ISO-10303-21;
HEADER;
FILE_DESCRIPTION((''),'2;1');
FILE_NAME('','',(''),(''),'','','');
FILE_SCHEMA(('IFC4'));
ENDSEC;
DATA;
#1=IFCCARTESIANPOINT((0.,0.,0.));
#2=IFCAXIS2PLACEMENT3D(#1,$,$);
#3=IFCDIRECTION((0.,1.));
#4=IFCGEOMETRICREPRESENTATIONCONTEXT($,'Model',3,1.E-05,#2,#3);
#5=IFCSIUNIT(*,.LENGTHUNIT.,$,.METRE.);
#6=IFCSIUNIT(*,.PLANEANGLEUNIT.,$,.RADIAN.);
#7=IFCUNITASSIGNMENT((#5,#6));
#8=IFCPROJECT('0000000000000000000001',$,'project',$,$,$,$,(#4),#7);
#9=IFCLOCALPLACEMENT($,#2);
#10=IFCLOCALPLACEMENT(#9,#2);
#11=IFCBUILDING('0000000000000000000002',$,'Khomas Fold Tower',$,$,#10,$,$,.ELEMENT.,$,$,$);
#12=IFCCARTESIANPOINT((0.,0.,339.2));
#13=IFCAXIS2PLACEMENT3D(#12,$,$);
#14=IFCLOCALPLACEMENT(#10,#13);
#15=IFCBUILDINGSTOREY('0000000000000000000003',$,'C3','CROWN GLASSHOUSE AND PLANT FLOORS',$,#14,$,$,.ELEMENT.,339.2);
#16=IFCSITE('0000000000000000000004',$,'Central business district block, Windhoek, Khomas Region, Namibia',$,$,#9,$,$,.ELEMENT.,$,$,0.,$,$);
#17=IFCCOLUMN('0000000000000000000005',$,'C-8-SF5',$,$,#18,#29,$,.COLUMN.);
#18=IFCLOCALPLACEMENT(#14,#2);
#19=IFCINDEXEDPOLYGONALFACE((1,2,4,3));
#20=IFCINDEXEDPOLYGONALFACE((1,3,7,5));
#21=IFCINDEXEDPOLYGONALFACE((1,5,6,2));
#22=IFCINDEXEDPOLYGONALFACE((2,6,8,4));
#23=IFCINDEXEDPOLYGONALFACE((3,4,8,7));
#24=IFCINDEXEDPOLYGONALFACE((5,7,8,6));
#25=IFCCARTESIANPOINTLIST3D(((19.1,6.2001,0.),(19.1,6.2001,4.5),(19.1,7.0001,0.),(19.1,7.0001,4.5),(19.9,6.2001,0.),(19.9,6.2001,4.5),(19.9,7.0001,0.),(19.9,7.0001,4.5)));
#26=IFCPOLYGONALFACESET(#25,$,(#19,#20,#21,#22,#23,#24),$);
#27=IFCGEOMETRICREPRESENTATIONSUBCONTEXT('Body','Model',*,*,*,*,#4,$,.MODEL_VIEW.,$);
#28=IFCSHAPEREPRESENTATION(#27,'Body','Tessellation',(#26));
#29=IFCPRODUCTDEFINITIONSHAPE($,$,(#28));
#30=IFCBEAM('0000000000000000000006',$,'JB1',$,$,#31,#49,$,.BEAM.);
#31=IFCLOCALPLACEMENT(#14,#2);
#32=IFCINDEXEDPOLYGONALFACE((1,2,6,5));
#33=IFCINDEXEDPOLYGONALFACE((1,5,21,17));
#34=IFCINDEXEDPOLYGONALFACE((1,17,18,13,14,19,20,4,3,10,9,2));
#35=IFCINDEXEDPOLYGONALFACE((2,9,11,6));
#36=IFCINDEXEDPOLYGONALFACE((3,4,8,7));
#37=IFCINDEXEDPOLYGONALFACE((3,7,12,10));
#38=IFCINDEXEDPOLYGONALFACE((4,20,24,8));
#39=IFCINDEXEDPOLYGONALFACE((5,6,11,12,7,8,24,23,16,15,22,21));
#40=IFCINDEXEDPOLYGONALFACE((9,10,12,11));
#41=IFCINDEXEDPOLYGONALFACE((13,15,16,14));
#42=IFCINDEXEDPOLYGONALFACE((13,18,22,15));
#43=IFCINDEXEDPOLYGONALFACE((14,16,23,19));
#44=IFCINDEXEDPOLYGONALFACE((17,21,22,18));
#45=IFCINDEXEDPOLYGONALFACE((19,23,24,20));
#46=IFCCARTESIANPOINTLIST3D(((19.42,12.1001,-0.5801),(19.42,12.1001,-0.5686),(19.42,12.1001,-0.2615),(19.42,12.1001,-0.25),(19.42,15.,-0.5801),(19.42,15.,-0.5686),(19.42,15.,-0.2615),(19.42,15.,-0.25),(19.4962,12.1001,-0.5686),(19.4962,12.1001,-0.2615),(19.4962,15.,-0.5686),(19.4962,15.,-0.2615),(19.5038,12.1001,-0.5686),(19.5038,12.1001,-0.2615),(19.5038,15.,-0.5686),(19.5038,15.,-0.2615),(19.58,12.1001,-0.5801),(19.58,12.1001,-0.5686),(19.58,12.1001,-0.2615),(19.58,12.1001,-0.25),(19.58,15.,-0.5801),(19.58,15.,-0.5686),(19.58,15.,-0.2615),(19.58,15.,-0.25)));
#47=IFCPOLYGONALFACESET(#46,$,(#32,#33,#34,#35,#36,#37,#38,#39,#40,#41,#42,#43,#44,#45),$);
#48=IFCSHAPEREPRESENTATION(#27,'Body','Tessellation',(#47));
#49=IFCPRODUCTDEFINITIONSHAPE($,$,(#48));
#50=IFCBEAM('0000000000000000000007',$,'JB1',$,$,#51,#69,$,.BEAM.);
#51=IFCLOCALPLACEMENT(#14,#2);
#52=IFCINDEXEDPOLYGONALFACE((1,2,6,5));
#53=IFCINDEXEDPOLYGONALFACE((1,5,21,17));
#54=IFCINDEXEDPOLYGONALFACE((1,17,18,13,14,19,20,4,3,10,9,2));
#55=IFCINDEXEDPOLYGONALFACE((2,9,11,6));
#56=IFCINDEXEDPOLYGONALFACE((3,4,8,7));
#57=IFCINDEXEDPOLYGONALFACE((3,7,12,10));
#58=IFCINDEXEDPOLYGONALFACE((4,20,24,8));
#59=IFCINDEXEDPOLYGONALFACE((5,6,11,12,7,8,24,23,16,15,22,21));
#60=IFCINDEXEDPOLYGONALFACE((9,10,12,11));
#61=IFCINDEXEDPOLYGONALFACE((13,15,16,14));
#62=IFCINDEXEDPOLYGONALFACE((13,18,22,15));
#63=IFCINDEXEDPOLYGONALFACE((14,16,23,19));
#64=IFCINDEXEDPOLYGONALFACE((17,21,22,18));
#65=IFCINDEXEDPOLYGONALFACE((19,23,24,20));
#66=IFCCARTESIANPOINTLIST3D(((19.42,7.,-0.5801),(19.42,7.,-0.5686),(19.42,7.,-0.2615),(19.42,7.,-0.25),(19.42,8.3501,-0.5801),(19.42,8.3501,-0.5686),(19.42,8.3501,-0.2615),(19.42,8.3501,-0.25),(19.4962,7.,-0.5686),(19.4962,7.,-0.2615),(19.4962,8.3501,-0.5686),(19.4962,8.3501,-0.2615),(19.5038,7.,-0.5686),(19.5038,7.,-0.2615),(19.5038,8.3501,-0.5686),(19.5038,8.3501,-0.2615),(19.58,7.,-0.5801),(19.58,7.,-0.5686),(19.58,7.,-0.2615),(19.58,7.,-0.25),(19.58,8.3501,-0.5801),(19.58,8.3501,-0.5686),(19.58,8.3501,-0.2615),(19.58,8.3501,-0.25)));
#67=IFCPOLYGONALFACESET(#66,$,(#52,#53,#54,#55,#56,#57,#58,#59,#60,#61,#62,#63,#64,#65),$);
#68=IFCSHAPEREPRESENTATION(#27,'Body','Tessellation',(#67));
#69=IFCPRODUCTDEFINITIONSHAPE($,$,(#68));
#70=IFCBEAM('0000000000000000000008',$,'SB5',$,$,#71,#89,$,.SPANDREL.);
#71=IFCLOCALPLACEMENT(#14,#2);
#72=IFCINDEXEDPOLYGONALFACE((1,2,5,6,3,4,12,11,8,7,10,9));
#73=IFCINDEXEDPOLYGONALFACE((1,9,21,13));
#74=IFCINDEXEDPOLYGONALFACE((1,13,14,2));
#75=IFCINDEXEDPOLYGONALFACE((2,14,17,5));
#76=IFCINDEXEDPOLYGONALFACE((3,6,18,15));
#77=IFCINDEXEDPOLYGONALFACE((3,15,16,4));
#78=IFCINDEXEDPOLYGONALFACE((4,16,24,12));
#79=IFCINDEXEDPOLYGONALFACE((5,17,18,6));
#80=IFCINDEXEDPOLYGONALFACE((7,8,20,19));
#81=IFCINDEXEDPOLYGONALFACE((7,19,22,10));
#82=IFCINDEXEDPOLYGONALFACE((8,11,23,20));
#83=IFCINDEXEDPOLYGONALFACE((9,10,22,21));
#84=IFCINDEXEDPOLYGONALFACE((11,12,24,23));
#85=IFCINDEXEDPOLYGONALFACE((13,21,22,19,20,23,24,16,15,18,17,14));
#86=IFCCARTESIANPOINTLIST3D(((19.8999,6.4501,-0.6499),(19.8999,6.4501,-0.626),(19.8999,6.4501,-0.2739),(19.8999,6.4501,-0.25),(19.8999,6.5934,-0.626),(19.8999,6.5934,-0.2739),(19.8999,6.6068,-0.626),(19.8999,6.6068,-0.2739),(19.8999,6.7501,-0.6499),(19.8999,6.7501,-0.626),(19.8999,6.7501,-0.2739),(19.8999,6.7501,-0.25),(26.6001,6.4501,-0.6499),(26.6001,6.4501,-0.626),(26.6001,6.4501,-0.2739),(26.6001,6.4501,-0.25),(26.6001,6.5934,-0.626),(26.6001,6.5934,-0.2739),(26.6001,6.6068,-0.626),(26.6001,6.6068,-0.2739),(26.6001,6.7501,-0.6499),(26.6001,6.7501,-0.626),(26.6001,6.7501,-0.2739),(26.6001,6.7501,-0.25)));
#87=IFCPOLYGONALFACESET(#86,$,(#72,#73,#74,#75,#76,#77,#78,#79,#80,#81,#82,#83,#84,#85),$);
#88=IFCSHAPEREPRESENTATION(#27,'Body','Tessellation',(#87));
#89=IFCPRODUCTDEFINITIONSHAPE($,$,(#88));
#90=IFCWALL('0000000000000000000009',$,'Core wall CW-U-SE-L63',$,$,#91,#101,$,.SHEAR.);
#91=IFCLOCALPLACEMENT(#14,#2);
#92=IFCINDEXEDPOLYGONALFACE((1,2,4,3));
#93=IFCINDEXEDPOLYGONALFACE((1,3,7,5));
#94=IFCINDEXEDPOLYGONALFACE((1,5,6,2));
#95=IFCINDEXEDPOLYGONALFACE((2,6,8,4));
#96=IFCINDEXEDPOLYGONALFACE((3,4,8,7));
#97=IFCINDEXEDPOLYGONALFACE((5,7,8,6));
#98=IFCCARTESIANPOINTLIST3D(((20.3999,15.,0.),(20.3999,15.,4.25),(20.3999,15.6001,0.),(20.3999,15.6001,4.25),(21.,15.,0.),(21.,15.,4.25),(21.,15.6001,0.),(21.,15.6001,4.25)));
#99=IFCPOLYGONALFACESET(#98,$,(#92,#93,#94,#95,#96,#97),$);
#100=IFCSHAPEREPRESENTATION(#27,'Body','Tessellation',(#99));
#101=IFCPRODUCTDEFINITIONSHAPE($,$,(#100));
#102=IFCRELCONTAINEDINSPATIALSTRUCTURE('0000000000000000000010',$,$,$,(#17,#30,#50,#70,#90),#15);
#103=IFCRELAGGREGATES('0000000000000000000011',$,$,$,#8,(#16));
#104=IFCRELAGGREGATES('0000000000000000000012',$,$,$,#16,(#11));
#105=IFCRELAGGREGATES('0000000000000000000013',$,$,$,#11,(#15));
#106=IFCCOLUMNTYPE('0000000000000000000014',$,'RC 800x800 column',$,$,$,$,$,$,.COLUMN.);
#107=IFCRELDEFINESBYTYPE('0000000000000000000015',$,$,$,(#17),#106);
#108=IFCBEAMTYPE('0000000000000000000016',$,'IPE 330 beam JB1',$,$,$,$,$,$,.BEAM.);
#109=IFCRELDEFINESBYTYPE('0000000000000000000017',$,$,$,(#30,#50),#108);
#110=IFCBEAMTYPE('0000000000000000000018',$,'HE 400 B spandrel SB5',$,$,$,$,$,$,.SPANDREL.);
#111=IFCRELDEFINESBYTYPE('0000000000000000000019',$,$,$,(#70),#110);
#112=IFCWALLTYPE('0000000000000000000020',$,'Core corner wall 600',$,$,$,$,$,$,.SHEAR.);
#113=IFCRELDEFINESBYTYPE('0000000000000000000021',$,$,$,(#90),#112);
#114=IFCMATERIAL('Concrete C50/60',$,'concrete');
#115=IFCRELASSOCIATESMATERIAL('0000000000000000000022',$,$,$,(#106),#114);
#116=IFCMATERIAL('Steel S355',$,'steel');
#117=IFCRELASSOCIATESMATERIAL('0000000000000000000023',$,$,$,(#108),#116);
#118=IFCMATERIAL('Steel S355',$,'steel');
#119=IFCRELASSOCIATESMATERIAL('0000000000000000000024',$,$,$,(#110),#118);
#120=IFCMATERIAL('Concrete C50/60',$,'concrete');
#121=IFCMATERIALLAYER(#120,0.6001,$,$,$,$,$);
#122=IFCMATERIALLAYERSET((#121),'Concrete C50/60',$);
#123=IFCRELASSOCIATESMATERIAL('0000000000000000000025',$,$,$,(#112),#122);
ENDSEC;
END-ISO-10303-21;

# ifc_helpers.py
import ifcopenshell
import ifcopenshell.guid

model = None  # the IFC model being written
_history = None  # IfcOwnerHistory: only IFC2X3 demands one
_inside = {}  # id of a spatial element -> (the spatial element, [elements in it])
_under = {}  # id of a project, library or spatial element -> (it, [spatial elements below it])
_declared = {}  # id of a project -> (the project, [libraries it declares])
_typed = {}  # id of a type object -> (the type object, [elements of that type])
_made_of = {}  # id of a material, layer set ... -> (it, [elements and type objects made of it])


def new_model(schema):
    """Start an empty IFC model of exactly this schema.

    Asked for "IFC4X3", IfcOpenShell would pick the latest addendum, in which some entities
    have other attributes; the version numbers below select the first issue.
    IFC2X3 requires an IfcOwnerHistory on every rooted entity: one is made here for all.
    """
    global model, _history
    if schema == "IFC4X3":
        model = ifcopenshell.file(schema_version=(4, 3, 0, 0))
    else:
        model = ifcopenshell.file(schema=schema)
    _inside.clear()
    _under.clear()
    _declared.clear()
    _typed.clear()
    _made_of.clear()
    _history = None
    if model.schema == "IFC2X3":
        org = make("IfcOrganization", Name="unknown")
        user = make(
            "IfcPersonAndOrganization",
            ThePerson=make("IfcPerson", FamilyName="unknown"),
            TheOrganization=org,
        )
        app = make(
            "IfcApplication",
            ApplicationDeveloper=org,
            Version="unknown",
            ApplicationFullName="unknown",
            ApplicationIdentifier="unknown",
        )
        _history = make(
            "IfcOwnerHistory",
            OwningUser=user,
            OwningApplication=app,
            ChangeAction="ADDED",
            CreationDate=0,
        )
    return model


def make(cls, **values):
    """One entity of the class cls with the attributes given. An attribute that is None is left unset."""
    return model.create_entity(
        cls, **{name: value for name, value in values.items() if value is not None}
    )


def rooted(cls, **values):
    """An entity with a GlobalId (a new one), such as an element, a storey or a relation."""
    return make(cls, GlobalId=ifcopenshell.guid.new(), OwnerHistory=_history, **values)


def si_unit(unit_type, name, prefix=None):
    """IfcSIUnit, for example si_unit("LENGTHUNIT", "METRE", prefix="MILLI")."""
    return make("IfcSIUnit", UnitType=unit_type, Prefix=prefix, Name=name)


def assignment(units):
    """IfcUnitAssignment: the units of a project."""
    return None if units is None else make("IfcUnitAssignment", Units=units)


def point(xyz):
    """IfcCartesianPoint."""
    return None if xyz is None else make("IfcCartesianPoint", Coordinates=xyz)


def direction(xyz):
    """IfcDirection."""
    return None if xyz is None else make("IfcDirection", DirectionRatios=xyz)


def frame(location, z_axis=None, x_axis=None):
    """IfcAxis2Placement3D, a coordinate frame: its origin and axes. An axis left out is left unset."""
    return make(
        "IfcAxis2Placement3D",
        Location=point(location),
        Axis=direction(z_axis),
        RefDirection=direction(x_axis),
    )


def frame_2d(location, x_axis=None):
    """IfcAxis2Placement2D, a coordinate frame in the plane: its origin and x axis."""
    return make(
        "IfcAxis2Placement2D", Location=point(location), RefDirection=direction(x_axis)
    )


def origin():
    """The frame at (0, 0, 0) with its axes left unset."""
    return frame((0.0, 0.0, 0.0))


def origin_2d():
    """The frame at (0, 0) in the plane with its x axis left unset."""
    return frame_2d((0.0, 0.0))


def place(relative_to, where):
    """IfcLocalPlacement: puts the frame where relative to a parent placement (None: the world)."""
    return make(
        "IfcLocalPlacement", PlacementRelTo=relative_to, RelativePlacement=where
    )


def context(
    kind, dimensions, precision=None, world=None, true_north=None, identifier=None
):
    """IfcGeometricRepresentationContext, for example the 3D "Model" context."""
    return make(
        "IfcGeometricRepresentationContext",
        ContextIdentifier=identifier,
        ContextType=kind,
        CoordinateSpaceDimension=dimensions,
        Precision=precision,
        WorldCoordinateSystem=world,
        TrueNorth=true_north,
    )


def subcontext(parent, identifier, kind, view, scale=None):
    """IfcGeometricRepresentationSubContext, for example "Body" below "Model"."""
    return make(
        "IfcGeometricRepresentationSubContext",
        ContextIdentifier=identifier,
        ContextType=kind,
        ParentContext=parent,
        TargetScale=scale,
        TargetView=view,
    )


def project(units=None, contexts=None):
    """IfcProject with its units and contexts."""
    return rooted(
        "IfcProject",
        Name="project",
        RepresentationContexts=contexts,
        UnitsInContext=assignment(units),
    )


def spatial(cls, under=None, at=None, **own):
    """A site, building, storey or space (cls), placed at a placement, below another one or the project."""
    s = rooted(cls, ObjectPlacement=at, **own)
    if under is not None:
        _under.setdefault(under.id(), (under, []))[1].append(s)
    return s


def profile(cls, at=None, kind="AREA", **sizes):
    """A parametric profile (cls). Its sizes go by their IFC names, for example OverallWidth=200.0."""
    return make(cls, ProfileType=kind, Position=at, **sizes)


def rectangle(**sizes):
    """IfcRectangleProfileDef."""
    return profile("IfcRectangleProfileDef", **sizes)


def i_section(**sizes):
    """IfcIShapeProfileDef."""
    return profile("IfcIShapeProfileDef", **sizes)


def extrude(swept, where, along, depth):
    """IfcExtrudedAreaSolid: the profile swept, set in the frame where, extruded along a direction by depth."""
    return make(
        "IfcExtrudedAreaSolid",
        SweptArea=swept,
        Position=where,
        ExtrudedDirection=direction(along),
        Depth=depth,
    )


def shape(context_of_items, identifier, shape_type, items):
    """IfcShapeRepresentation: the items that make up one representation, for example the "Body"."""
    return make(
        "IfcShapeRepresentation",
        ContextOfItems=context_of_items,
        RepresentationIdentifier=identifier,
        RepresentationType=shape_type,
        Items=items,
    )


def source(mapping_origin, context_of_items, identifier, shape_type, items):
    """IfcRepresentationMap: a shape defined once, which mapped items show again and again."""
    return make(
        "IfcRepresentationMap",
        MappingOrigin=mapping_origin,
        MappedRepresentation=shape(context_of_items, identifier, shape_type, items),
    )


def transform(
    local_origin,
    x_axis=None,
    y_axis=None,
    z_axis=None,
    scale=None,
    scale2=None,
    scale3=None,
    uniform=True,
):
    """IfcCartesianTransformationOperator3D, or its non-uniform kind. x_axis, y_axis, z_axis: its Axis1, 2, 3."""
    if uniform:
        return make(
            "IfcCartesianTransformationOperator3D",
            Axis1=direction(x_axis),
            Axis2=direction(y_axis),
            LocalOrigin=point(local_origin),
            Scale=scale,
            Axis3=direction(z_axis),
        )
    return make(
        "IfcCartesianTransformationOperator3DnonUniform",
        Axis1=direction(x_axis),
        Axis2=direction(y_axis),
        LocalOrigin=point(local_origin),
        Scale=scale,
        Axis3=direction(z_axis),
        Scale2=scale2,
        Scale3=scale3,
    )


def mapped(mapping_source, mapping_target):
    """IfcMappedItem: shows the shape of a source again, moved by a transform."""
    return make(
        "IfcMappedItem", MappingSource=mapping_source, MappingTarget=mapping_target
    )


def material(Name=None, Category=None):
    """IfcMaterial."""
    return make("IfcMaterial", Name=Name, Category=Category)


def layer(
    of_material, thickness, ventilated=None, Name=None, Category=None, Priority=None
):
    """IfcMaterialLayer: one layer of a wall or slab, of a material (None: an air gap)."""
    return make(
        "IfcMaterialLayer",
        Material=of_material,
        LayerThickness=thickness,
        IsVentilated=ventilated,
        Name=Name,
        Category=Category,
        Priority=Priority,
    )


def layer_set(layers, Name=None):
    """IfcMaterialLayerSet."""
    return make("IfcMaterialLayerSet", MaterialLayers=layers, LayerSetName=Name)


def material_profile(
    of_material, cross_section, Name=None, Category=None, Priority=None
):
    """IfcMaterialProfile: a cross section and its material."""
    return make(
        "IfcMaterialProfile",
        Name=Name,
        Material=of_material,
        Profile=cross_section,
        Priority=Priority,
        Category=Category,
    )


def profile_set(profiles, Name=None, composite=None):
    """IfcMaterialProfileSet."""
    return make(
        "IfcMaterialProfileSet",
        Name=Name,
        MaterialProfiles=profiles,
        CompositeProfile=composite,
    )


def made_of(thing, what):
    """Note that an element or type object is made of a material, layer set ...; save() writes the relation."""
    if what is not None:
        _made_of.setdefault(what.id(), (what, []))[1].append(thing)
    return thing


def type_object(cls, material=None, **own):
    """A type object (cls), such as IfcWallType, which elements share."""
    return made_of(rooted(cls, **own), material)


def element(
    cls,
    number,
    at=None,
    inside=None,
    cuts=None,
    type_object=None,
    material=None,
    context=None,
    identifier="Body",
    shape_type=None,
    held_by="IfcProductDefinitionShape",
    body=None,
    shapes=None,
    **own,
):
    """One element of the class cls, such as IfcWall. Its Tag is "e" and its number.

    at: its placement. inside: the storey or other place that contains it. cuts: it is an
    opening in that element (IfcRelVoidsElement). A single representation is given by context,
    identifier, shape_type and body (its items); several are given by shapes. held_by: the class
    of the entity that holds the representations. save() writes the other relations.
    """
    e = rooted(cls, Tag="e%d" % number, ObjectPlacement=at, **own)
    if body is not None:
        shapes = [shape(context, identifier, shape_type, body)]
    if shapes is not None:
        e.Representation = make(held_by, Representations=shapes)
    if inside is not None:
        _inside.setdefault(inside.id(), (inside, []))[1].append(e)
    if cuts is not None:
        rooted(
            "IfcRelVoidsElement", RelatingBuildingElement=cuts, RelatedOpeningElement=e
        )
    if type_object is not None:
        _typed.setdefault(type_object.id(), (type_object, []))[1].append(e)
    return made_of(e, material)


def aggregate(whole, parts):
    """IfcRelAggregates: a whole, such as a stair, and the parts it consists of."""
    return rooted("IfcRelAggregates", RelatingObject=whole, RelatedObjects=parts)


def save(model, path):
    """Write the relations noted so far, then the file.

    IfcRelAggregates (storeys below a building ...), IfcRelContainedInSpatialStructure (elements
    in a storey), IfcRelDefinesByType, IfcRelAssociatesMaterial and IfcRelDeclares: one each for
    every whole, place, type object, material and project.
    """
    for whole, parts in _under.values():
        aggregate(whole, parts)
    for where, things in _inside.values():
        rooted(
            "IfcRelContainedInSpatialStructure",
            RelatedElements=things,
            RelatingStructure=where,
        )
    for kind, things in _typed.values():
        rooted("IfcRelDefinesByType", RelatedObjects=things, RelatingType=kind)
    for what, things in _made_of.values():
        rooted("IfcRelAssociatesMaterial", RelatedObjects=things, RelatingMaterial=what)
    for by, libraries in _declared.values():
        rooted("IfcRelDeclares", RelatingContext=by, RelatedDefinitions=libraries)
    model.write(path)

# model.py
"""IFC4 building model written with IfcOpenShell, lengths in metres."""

from ifc_helpers import new_model, si_unit, direction, frame, frame_2d, origin, origin_2d, place, context, subcontext, project, spatial, rectangle, i_section, extrude, source, transform, mapped, material, layer, layer_set, material_profile, profile_set, type_object, element, save


model = new_model("IFC4")

# Units and contexts
model_context = context("Model", 3, precision=1e-05, world=origin(), true_north=direction((0.0, 1.0)))
body_context = subcontext(model_context, "Body", "Model", "MODEL_VIEW")
ifc_project = project(units=[si_unit("LENGTHUNIT", "METRE"), si_unit("PLANEANGLEUNIT", "RADIAN")], contexts=[model_context])

# Site, building, storey
site_placement = place(None, origin())
site = spatial("IfcSite", under=ifc_project, at=site_placement, Name="Central business district block, Windhoek, Khomas Region, Namibia", CompositionType="ELEMENT", RefElevation=0.0)
building_placement = place(site_placement, origin())
building = spatial("IfcBuilding", under=site, at=building_placement, Name="Khomas Fold Tower", CompositionType="ELEMENT")
storey_placement = place(building_placement, frame((0.0, 0.0, 339.2)))
storey = spatial("IfcBuildingStorey", under=building, at=storey_placement, Name="C3", Description="CROWN GLASSHOUSE AND PLANT FLOORS", CompositionType="ELEMENT", Elevation=339.2)

# Column
ifc_material_1 = material(Name="Concrete C50/60", Category="concrete")
ifc_material_profile_1 = material_profile(ifc_material_1, rectangle(XDim=0.8, YDim=0.8, at=origin_2d()), Name="RC 800x800")
ifc_profile_set_1 = profile_set([ifc_material_profile_1], Name="Concrete C50/60")
column_type = type_object("IfcColumnType", Name="RC 800x800 column", PredefinedType="COLUMN", material=ifc_profile_set_1)
shared_shape_1 = source(origin(), body_context, "Body", "SweptSolid", [
    extrude(rectangle(XDim=0.8, YDim=0.8, at=origin_2d()), origin(), (0.0, 0.0, 1.0), 4.5),
])
column_placement = place(storey_placement, frame((19.5, 6.6001, 0.0), z_axis=(0.0, 0.0, 1.0), x_axis=(1.0, 0.0, 0.0)))
element("IfcColumn", 1, at=column_placement, inside=storey, type_object=column_type, Name="C-8-SF5", PredefinedType="COLUMN", context=body_context, shape_type="MappedRepresentation", body=[
    mapped(shared_shape_1, transform((0.0, 0.0, 0.0))),
])

# Beams
ifc_material_2 = material(Name="Steel S355", Category="steel")
ifc_material_profile_2 = material_profile(ifc_material_2, i_section(OverallWidth=0.1599, OverallDepth=0.3301, WebThickness=0.0076, FlangeThickness=0.0115, at=origin_2d()), Name="IPE 330")
ifc_profile_set_2 = profile_set([ifc_material_profile_2], Name="Steel S355")
beam_type_1 = type_object("IfcBeamType", Name="IPE 330 beam JB1", PredefinedType="BEAM", material=ifc_profile_set_2)
shared_shape_2 = source(origin(), body_context, "Body", "SweptSolid", [
    extrude(i_section(OverallWidth=0.1599, OverallDepth=0.3301, WebThickness=0.0076, FlangeThickness=0.0115, at=origin_2d()), origin(), (0.0, 0.0, 1.0), 2.8999),
])
beam_1_placement = place(storey_placement, frame((19.5, 12.1001, -0.415), z_axis=(0.0, 1.0, 0.0), x_axis=(-1.0, 0.0, 0.0)))
element("IfcBeam", 2, at=beam_1_placement, inside=storey, type_object=beam_type_1, Name="JB1", PredefinedType="BEAM", context=body_context, shape_type="MappedRepresentation", body=[
    mapped(shared_shape_2, transform((0.0, 0.0, 0.0))),
])
shared_shape_3 = source(origin(), body_context, "Body", "SweptSolid", [
    extrude(i_section(OverallWidth=0.1599, OverallDepth=0.3301, WebThickness=0.0076, FlangeThickness=0.0115, at=origin_2d()), origin(), (0.0, 0.0, 1.0), 1.3501),
])
beam_2_placement = place(storey_placement, frame((19.5, 7.0, -0.415), z_axis=(0.0, 1.0, 0.0), x_axis=(-1.0, 0.0, 0.0)))
element("IfcBeam", 3, at=beam_2_placement, inside=storey, type_object=beam_type_1, Name="JB1", PredefinedType="BEAM", context=body_context, shape_type="MappedRepresentation", body=[
    mapped(shared_shape_3, transform((0.0, 0.0, 0.0))),
])
ifc_material_3 = material(Name="Steel S355", Category="steel")
ifc_material_profile_3 = material_profile(ifc_material_3, i_section(OverallWidth=0.3, OverallDepth=0.3999, WebThickness=0.0134, FlangeThickness=0.0239, at=origin_2d()), Name="HE 400 B")
ifc_profile_set_3 = profile_set([ifc_material_profile_3], Name="Steel S355")
beam_type_2 = type_object("IfcBeamType", Name="HE 400 B spandrel SB5", PredefinedType="SPANDREL", material=ifc_profile_set_3)
shared_shape_4 = source(origin(), body_context, "Body", "SweptSolid", [
    extrude(i_section(OverallWidth=0.3, OverallDepth=0.3999, WebThickness=0.0134, FlangeThickness=0.0239, at=origin_2d()), origin(), (0.0, 0.0, 1.0), 6.7002),
])
beam_3_placement = place(storey_placement, frame((19.8999, 6.6001, -0.45), z_axis=(1.0, 0.0, 0.0), x_axis=(0.0, 1.0, 0.0)))
element("IfcBeam", 4, at=beam_3_placement, inside=storey, type_object=beam_type_2, Name="SB5", PredefinedType="SPANDREL", context=body_context, shape_type="MappedRepresentation", body=[
    mapped(shared_shape_4, transform((0.0, 0.0, 0.0))),
])

# Wall
ifc_material_4 = material(Name="Concrete C50/60", Category="concrete")
ifc_layer_1 = layer(ifc_material_4, 0.6001)
ifc_layer_set_1 = layer_set([ifc_layer_1], Name="Concrete C50/60")
wall_type_1 = type_object("IfcWallType", Name="Core corner wall 600", PredefinedType="SHEAR", material=ifc_layer_set_1)
shared_shape_5 = source(origin(), body_context, "Body", "SweptSolid", [
    extrude(rectangle(XDim=0.6001, YDim=0.6001, at=frame_2d((0.3, 0.0))), origin(), (0.0, 0.0, 1.0), 4.25),
])
wall_1_placement = place(storey_placement, frame((20.3999, 15.3, 0.0), z_axis=(0.0, 0.0, 1.0), x_axis=(1.0, 0.0, 0.0)))
element("IfcWall", 5, at=wall_1_placement, inside=storey, type_object=wall_type_1, Name="Core wall CW-U-SE-L63", PredefinedType="SHEAR", context=body_context, shape_type="MappedRepresentation", body=[
    mapped(shared_shape_5, transform((0.0, 0.0, 0.0))),
])

save(model, "model.ifc")
